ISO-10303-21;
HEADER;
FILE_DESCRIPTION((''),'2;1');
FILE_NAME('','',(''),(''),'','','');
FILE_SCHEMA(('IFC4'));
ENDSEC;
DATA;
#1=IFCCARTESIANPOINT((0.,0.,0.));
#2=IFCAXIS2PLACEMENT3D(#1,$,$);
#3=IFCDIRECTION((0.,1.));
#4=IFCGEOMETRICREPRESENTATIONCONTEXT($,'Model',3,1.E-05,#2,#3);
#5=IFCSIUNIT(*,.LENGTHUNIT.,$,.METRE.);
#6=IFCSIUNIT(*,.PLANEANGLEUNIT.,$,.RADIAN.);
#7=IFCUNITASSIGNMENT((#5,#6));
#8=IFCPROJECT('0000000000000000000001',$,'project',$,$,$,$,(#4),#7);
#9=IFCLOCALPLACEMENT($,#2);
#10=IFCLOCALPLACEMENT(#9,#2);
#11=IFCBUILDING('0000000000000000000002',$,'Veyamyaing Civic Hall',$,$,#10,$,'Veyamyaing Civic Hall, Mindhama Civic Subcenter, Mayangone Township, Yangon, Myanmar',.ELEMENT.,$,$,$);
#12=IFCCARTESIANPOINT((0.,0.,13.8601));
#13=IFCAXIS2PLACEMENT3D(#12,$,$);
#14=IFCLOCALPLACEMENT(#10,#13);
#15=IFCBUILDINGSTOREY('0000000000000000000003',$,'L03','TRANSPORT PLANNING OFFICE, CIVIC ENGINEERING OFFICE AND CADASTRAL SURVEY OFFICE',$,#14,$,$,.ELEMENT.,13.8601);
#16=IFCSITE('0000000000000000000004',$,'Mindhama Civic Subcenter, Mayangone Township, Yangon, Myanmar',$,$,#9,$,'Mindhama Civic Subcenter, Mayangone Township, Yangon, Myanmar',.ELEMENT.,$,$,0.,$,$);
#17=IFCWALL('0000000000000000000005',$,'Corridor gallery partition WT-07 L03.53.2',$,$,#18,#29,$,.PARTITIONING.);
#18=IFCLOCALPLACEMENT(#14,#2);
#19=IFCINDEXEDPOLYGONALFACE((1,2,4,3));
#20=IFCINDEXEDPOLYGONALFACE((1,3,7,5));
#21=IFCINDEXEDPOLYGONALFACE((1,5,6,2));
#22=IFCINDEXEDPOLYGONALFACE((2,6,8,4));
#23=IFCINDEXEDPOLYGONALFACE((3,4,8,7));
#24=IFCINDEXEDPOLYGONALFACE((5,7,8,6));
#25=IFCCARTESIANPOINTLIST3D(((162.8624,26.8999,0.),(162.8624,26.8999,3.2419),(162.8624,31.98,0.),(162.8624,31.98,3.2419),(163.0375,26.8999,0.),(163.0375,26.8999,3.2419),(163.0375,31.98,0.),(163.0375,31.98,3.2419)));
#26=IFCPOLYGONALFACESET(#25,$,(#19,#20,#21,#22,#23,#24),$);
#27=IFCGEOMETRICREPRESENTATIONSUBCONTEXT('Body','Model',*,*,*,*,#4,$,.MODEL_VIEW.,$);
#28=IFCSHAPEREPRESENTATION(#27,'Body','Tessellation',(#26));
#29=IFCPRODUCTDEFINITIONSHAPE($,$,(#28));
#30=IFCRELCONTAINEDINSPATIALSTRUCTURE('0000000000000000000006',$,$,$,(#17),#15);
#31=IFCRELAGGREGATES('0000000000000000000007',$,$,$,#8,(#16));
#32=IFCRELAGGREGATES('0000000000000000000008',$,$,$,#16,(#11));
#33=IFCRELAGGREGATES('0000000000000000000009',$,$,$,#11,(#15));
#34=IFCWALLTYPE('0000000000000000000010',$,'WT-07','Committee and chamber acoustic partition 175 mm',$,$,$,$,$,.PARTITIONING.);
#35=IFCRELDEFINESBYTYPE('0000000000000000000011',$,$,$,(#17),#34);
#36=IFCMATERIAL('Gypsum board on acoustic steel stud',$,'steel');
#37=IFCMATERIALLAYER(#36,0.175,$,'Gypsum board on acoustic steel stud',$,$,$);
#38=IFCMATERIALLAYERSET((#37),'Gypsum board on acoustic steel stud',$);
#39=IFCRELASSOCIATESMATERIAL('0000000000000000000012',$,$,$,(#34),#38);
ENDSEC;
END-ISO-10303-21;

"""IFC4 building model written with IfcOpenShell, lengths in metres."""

from ifc_helpers import new_model, si_unit, direction, frame, frame_2d, origin, place, context, subcontext, project, spatial, rectangle, extrude, material, layer, layer_set, type_object, element, save


model = new_model("IFC4")

# Units and contexts
model_context = context("Model", 3, precision=1e-05, world=origin(), true_north=direction((0.0, 1.0)))
body_context = subcontext(model_context, "Body", "Model", "MODEL_VIEW")
ifc_project = project(units=[si_unit("LENGTHUNIT", "METRE"), si_unit("PLANEANGLEUNIT", "RADIAN")], contexts=[model_context])

# Site, building, storey
site_placement = place(None, origin())
site = spatial("IfcSite", under=ifc_project, at=site_placement, Name="Mindhama Civic Subcenter, Mayangone Township, Yangon, Myanmar", LongName="Mindhama Civic Subcenter, Mayangone Township, Yangon, Myanmar", CompositionType="ELEMENT", RefElevation=0.0)
building_placement = place(site_placement, origin())
building = spatial("IfcBuilding", under=site, at=building_placement, Name="Veyamyaing Civic Hall", LongName="Veyamyaing Civic Hall, Mindhama Civic Subcenter, Mayangone Township, Yangon, Myanmar", CompositionType="ELEMENT")
storey_placement = place(building_placement, frame((0.0, 0.0, 13.8601)))
storey = spatial("IfcBuildingStorey", under=building, at=storey_placement, Name="L03", Description="TRANSPORT PLANNING OFFICE, CIVIC ENGINEERING OFFICE AND CADASTRAL SURVEY OFFICE", CompositionType="ELEMENT", Elevation=13.8601)

# Shared definitions
ifc_material_1 = material(Name="Gypsum board on acoustic steel stud", Category="steel")
ifc_layer_1 = layer(ifc_material_1, 0.175, Name="Gypsum board on acoustic steel stud")
ifc_layer_set_1 = layer_set([ifc_layer_1], Name="Gypsum board on acoustic steel stud")
wall_type_1 = type_object("IfcWallType", Name="WT-07", Description="Committee and chamber acoustic partition 175 mm", PredefinedType="PARTITIONING", material=ifc_layer_set_1)

# Wall
wall_1_placement = place(storey_placement, frame((162.95, 26.8999, 0.0), z_axis=(0.0, 0.0, 1.0), x_axis=(0.0, 1.0, 0.0)))
element("IfcWall", 1, at=wall_1_placement, inside=storey, type_object=wall_type_1, Name="Corridor gallery partition WT-07 L03.53.2", PredefinedType="PARTITIONING", context=body_context, shape_type="SweptSolid", body=[
    extrude(rectangle(XDim=5.0801, YDim=0.175, at=frame_2d((2.54, 0.0))), origin(), (0.0, 0.0, 1.0), 3.2419),
])

save(model, "model.ifc")
